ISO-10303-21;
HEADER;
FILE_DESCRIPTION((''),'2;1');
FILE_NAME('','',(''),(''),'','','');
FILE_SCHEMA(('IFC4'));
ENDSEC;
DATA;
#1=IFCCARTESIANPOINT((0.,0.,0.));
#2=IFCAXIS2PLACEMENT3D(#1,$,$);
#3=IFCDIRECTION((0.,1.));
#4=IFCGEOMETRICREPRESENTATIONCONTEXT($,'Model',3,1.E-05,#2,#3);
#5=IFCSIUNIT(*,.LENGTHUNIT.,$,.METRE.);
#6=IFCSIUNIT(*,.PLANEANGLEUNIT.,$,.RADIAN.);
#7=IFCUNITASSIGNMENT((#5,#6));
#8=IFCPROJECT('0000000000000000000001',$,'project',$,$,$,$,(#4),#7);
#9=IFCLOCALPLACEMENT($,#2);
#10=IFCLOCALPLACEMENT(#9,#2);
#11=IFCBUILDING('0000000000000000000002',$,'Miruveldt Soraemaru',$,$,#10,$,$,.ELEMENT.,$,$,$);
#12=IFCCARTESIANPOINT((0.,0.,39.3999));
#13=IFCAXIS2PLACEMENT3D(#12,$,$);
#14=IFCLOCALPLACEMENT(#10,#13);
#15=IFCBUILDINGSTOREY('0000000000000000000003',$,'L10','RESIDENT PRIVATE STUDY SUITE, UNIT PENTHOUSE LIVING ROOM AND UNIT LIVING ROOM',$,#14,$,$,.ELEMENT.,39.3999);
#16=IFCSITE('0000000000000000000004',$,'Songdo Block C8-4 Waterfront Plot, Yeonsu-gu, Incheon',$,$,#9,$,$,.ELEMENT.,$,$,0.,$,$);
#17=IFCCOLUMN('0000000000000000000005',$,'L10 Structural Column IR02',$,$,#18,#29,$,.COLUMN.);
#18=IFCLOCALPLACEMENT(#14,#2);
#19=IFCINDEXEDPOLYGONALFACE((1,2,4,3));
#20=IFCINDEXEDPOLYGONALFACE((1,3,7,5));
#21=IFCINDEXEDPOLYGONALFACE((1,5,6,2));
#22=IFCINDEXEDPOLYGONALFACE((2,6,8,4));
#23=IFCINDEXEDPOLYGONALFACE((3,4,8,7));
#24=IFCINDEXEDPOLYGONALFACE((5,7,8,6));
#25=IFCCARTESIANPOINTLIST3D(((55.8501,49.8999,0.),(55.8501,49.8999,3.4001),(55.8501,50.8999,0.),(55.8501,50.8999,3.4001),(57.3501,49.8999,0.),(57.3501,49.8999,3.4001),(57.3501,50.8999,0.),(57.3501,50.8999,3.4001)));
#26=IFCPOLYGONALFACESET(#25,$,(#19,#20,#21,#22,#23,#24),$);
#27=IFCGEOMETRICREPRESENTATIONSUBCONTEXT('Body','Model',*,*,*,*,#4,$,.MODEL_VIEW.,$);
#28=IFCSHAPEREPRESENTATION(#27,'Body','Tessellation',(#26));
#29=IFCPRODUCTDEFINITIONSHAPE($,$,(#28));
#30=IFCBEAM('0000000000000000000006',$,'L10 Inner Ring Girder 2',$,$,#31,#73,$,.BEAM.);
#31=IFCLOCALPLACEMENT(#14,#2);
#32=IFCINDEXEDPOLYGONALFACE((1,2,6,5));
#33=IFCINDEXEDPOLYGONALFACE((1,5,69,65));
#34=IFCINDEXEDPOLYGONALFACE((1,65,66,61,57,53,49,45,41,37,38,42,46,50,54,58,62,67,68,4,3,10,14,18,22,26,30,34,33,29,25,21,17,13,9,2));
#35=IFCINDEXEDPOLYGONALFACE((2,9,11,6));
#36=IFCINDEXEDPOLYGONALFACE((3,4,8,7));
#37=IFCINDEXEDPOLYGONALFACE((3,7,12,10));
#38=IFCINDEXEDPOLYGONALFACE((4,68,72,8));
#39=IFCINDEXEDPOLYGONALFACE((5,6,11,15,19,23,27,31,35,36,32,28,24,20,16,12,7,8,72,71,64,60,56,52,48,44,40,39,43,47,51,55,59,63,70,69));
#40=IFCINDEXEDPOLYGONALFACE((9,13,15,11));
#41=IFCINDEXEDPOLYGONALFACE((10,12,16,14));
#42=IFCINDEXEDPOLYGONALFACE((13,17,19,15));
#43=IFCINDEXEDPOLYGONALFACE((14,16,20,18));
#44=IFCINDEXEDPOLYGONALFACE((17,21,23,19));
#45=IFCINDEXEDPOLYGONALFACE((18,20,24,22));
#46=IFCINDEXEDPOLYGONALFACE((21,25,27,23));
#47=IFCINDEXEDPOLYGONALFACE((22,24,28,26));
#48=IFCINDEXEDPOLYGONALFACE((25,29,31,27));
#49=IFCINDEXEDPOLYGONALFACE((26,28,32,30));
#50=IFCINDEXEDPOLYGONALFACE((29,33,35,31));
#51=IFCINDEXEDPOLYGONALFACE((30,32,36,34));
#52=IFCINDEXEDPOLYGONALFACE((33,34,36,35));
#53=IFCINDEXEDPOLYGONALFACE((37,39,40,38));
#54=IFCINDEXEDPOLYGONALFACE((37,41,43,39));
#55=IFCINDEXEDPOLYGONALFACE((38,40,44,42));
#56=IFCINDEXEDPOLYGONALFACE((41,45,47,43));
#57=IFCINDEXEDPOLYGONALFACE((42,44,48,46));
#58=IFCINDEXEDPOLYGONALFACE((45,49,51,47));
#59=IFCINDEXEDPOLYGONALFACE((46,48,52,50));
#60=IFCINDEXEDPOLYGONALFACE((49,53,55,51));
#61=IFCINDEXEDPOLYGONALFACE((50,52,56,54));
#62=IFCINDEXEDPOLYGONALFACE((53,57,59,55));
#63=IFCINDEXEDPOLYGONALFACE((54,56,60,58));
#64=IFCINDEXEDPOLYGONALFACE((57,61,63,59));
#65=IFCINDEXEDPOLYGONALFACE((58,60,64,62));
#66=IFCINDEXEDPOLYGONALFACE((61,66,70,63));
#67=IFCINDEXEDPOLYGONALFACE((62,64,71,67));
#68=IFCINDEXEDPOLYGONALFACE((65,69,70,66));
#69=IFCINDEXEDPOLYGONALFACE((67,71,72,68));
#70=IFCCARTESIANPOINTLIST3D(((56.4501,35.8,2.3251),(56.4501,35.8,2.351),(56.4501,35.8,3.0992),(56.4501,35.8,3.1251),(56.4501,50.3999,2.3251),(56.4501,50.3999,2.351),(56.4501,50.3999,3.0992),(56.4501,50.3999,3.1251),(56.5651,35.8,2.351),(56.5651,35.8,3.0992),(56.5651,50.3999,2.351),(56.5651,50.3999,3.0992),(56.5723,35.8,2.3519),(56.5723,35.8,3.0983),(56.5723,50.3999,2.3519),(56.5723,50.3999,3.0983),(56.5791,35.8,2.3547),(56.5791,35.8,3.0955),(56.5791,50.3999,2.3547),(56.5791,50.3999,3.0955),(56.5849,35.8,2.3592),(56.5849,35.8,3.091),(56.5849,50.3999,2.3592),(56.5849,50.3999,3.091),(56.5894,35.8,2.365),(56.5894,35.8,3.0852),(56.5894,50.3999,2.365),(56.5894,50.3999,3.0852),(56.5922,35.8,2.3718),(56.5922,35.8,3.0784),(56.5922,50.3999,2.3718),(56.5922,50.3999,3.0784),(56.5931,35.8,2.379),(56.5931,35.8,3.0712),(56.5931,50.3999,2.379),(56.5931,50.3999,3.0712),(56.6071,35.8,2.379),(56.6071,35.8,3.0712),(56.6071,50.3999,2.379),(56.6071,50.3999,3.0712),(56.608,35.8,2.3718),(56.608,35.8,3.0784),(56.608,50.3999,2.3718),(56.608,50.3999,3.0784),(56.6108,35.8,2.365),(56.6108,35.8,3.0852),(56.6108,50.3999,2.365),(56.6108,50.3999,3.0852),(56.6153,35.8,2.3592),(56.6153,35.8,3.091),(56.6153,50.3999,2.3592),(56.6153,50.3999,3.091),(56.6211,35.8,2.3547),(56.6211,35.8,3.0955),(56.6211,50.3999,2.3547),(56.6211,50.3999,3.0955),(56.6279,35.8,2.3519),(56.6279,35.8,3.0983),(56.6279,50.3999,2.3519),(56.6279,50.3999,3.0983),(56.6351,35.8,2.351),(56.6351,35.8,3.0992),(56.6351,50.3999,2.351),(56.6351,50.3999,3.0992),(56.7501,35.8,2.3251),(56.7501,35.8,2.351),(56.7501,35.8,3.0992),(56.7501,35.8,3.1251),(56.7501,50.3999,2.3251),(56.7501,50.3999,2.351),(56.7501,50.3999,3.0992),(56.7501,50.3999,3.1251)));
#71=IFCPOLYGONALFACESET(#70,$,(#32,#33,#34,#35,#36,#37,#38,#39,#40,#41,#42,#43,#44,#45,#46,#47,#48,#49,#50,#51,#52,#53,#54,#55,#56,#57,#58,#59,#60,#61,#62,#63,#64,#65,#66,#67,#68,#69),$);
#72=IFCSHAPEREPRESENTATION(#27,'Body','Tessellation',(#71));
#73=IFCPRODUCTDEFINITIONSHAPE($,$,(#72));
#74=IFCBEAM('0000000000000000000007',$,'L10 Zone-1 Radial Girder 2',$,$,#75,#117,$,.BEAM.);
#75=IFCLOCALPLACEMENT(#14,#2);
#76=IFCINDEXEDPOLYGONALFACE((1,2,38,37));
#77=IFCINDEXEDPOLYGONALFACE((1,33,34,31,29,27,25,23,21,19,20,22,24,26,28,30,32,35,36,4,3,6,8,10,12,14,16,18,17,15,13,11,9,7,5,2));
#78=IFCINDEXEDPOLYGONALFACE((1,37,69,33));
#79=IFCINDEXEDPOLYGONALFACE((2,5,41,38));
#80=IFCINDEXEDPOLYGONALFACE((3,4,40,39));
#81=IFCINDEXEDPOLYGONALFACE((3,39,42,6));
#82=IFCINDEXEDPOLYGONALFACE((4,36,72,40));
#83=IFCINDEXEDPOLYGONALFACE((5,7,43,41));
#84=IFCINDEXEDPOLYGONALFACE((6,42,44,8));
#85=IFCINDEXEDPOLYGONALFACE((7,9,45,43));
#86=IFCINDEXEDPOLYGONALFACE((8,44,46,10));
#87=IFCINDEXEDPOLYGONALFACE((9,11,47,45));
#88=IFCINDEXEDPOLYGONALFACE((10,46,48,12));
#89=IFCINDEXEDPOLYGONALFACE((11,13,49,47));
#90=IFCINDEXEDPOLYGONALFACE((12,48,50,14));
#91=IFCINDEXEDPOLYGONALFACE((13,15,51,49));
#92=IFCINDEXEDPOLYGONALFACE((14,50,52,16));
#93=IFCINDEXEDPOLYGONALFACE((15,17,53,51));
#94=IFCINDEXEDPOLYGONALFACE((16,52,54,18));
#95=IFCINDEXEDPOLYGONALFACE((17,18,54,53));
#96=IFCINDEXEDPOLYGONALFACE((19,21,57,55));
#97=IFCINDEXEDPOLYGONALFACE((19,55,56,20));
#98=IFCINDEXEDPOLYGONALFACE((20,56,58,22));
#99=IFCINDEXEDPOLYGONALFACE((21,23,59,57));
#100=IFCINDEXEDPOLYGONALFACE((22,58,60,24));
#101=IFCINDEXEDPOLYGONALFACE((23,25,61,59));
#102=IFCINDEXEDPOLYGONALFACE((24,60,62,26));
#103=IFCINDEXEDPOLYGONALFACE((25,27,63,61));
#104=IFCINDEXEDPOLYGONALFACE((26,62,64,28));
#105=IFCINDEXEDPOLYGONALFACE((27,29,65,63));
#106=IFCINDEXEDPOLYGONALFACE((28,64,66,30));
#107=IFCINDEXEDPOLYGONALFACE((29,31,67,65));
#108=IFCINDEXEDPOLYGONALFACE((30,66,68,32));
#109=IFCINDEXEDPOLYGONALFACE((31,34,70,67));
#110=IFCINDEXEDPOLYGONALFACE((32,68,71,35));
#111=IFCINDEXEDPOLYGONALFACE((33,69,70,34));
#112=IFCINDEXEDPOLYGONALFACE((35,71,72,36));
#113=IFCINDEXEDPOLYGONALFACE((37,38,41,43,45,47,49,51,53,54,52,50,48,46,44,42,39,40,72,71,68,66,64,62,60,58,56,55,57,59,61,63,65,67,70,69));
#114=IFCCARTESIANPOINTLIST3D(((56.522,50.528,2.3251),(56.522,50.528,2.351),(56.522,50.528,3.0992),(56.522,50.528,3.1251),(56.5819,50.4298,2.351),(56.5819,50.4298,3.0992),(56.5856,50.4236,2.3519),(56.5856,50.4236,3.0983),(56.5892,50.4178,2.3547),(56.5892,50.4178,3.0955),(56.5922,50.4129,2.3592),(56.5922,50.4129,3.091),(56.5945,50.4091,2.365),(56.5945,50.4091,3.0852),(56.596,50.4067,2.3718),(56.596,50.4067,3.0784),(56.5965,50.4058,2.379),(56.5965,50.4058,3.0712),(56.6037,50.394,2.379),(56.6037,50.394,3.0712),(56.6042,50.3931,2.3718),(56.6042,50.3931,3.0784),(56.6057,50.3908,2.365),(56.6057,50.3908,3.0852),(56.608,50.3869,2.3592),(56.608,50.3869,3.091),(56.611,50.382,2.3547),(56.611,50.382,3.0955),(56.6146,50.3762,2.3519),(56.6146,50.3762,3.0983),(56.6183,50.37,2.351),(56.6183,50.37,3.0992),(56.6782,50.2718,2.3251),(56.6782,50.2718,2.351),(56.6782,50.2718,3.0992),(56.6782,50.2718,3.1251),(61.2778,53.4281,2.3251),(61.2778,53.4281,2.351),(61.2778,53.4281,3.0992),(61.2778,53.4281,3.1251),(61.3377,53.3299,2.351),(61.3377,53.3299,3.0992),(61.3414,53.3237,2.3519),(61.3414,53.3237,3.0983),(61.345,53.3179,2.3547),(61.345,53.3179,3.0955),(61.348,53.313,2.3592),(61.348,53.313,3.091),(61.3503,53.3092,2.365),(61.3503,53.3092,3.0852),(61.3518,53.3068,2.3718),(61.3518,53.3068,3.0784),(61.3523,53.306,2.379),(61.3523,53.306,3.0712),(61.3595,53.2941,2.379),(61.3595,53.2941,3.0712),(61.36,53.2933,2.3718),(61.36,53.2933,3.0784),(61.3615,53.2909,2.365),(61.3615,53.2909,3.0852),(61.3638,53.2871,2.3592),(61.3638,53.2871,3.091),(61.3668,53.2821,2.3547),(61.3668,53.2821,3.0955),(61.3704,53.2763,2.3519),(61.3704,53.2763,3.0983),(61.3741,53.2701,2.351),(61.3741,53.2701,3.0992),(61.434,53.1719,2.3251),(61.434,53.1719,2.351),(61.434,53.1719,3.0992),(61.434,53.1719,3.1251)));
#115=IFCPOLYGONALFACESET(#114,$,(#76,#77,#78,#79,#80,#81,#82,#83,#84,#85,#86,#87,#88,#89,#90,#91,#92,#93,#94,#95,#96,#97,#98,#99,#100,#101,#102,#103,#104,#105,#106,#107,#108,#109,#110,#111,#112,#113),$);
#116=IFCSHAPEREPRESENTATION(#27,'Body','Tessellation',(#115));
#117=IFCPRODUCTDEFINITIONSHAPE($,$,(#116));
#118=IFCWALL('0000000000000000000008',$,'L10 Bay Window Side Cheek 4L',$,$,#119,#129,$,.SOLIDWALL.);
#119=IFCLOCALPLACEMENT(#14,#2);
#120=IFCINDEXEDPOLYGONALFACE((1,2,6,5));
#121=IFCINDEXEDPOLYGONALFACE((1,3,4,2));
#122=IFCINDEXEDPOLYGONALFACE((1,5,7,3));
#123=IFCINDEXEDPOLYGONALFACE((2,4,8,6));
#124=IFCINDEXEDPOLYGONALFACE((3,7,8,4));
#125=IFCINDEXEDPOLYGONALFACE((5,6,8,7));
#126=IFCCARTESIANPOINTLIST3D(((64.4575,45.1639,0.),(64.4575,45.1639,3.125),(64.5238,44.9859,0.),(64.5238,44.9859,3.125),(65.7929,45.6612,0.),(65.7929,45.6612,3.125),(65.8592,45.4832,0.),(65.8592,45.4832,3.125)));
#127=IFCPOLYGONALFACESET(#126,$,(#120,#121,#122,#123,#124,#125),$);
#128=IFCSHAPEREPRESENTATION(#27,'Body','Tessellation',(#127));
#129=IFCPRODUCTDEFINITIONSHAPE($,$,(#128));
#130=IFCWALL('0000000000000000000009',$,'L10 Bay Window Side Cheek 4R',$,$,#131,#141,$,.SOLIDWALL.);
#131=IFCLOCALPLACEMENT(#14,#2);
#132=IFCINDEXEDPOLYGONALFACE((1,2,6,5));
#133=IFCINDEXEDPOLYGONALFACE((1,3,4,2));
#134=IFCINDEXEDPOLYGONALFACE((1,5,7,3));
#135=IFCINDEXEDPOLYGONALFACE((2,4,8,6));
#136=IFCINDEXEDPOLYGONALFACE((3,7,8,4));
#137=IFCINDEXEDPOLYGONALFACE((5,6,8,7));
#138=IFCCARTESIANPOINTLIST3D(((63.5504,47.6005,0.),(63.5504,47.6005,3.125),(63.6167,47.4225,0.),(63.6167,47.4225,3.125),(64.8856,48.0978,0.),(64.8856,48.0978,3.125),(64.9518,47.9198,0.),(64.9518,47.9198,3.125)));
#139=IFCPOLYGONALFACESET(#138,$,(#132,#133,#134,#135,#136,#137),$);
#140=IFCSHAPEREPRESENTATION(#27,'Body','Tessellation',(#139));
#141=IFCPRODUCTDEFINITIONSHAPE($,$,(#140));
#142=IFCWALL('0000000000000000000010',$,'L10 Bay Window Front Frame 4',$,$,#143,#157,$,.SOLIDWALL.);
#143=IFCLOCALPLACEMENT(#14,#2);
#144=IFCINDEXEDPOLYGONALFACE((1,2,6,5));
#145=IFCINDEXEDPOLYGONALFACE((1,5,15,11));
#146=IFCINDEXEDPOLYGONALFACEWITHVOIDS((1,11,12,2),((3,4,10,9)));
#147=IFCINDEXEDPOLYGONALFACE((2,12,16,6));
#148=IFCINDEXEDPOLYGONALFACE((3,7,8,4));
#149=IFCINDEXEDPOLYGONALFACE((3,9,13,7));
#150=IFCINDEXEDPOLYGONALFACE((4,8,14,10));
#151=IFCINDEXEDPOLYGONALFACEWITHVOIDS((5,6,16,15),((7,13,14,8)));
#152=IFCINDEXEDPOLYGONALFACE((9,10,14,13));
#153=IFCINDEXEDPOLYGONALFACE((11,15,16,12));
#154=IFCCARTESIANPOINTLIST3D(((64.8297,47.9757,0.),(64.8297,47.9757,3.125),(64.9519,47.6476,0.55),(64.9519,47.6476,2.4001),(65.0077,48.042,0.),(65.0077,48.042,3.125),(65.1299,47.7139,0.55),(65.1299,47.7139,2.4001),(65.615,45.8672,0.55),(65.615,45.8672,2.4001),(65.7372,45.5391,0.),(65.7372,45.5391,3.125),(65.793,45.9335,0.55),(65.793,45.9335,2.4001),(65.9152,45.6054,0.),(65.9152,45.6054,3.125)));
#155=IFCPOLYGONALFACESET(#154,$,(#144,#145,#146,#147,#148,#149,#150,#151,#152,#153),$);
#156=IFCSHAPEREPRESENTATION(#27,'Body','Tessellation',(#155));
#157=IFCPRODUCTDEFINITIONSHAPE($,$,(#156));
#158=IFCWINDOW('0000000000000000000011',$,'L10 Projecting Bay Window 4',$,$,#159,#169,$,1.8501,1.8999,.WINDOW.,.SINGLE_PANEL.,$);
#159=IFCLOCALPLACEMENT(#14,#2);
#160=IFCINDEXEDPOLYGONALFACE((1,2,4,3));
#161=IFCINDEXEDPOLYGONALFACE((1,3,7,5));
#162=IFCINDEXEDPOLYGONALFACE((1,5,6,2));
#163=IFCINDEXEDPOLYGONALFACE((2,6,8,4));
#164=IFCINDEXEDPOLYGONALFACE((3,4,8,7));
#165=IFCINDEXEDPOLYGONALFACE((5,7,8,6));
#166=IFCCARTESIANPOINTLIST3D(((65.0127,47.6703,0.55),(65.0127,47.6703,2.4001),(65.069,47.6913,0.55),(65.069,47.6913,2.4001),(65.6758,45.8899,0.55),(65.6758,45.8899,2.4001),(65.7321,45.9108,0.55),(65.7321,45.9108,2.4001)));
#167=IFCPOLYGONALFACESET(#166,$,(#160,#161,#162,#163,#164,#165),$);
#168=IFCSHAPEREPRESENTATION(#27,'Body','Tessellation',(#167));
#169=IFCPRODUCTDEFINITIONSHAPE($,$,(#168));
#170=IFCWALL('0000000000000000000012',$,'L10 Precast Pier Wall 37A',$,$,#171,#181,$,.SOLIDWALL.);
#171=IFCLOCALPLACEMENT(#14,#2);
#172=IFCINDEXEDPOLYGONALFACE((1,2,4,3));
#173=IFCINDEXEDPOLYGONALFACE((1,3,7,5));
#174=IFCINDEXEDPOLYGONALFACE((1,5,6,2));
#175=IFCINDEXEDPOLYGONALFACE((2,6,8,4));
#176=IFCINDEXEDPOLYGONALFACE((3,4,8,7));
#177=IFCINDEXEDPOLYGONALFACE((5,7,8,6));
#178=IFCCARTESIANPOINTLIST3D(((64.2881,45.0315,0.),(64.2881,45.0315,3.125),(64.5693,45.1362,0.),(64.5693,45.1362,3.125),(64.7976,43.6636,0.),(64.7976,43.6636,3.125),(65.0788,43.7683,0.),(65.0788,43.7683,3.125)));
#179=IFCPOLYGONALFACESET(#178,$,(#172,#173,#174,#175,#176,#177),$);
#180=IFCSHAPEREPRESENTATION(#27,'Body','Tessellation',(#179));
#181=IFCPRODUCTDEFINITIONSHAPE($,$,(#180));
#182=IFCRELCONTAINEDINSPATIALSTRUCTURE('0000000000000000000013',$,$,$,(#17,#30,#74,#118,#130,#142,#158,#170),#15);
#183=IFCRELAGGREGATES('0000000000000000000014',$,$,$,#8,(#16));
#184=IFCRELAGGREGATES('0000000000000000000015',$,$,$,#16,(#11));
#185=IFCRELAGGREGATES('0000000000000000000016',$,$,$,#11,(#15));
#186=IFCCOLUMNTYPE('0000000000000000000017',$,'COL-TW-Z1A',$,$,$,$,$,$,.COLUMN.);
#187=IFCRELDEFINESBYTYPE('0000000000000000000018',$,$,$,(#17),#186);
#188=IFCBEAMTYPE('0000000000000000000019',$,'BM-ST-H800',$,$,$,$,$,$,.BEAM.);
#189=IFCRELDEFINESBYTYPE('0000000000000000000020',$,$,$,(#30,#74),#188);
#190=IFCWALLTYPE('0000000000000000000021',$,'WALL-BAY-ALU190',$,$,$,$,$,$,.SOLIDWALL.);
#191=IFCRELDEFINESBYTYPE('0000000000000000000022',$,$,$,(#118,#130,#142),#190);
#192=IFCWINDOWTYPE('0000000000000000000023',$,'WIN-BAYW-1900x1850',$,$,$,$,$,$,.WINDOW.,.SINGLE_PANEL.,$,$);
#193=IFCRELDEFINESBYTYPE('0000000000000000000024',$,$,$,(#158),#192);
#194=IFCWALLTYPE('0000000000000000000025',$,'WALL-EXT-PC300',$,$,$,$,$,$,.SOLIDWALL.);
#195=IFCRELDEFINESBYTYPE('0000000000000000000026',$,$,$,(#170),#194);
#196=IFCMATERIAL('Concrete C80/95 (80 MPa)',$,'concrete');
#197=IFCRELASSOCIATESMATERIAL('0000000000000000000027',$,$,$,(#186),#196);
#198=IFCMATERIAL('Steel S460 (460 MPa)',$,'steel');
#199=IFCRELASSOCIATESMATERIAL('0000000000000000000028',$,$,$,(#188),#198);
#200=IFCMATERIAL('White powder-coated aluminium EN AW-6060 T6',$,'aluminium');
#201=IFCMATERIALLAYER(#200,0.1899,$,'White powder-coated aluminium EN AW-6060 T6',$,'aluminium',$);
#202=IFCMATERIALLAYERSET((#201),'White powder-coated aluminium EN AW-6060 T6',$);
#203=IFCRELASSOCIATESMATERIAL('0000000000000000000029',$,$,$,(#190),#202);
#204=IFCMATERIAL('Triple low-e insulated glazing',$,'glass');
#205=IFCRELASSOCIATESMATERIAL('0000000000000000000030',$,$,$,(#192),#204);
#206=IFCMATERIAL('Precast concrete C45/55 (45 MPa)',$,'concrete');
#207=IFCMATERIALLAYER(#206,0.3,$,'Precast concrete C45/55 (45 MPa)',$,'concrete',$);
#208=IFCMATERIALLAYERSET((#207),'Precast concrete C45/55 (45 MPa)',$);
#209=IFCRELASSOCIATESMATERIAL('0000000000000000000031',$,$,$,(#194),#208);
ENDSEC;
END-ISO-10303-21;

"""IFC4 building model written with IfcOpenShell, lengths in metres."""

from ifc_helpers import new_model, si_unit, direction, frame, frame_2d, origin, origin_2d, place, context, subcontext, project, spatial, rectangle, i_section, extrude, material, layer, layer_set, material_profile, profile_set, type_object, element, fill, save


model = new_model("IFC4")

# Units and contexts
model_context = context("Model", 3, precision=1e-05, world=origin(), true_north=direction((0.0, 1.0)))
body_context = subcontext(model_context, "Body", "Model", "MODEL_VIEW")
ifc_project = project(units=[si_unit("LENGTHUNIT", "METRE"), si_unit("PLANEANGLEUNIT", "RADIAN")], contexts=[model_context])

# Site, building, storey
site_placement = place(None, origin())
site = spatial("IfcSite", under=ifc_project, at=site_placement, Name="Songdo Block C8-4 Waterfront Plot, Yeonsu-gu, Incheon", CompositionType="ELEMENT", RefElevation=0.0)
building_placement = place(site_placement, origin())
building = spatial("IfcBuilding", under=site, at=building_placement, Name="Miruveldt Soraemaru", CompositionType="ELEMENT")
storey_placement = place(building_placement, frame((0.0, 0.0, 39.3999)))
storey = spatial("IfcBuildingStorey", under=building, at=storey_placement, Name="L10", Description="RESIDENT PRIVATE STUDY SUITE, UNIT PENTHOUSE LIVING ROOM AND UNIT LIVING ROOM", CompositionType="ELEMENT", Elevation=39.3999)

# Column
ifc_material_1 = material(Name="Concrete C80/95 (80 MPa)", Category="concrete")
ifc_material_profile_1 = material_profile(ifc_material_1, rectangle(XDim=1.5, YDim=1.0, at=origin_2d()), Name="Concrete C80/95 (80 MPa)", Category="concrete")
ifc_profile_set_1 = profile_set([ifc_material_profile_1], Name="Concrete C80/95 (80 MPa)")
column_type = type_object("IfcColumnType", Name="COL-TW-Z1A", PredefinedType="COLUMN", material=ifc_profile_set_1)
column_placement = place(storey_placement, frame((56.6001, 50.3999, 0.0), z_axis=(0.0, 0.0, 1.0), x_axis=(1.0, 0.0, 0.0)))
element("IfcColumn", 1, at=column_placement, inside=storey, type_object=column_type, Name="L10 Structural Column IR02", PredefinedType="COLUMN", context=body_context, shape_type="SweptSolid", body=[
    extrude(rectangle(XDim=1.5, YDim=1.0, at=origin_2d()), origin(), (0.0, 0.0, 1.0), 3.4001),
])

# Beams
ifc_material_2 = material(Name="Steel S460 (460 MPa)", Category="steel")
ifc_material_profile_2 = material_profile(ifc_material_2, i_section(OverallWidth=0.3, OverallDepth=0.8, WebThickness=0.0139, FlangeThickness=0.0259, FilletRadius=0.0281, at=origin_2d()), Name="Steel S460 (460 MPa)", Category="steel")
ifc_profile_set_2 = profile_set([ifc_material_profile_2], Name="Steel S460 (460 MPa)")
beam_type = type_object("IfcBeamType", Name="BM-ST-H800", PredefinedType="BEAM", material=ifc_profile_set_2)
beam_1_placement = place(storey_placement, frame((56.6001, 50.3999, 2.7251), z_axis=(0.0, -1.0, 0.0), x_axis=(1.0, 0.0, 0.0)))
element("IfcBeam", 2, at=beam_1_placement, inside=storey, type_object=beam_type, Name="L10 Inner Ring Girder 2", PredefinedType="BEAM", context=body_context, shape_type="SweptSolid", body=[
    extrude(i_section(OverallWidth=0.3, OverallDepth=0.8, WebThickness=0.0139, FlangeThickness=0.0259, FilletRadius=0.0281, at=origin_2d()), origin(), (0.0, 0.0, 1.0), 14.5999),
])
beam_2_placement = place(storey_placement, frame((56.6001, 50.3999, 2.7251), z_axis=(0.853778, 0.520638, 0.0), x_axis=(-0.520638, 0.853778, 0.0)))
element("IfcBeam", 3, at=beam_2_placement, inside=storey, type_object=beam_type, Name="L10 Zone-1 Radial Girder 2", PredefinedType="BEAM", context=body_context, shape_type="SweptSolid", body=[
    extrude(i_section(OverallWidth=0.3, OverallDepth=0.8, WebThickness=0.0139, FlangeThickness=0.0259, FilletRadius=0.0281, at=origin_2d()), origin(), (0.0, 0.0, 1.0), 5.5703),
])

# Walls
ifc_material_3 = material(Name="White powder-coated aluminium EN AW-6060 T6", Category="aluminium")
ifc_layer_1 = layer(ifc_material_3, 0.1899, Name="White powder-coated aluminium EN AW-6060 T6", Category="aluminium")
ifc_layer_set_1 = layer_set([ifc_layer_1], Name="White powder-coated aluminium EN AW-6060 T6")
wall_type_1 = type_object("IfcWallType", Name="WALL-BAY-ALU190", PredefinedType="SOLIDWALL", material=ifc_layer_set_1)
wall_1_placement = place(storey_placement, frame((64.4907, 45.075, 0.0), z_axis=(0.0, 0.0, 1.0), x_axis=(0.937129, 0.348982, 0.0)))
element("IfcWall", 4, at=wall_1_placement, inside=storey, type_object=wall_type_1, Name="L10 Bay Window Side Cheek 4L", PredefinedType="SOLIDWALL", context=body_context, shape_type="SweptSolid", body=[
    extrude(rectangle(XDim=1.425, YDim=0.1899, at=frame_2d((0.7124, 0.0))), origin(), (0.0, 0.0, 1.0), 3.125),
])
wall_2_placement = place(storey_placement, frame((64.9187, 48.0088, 0.0), z_axis=(0.0, 0.0, 1.0), x_axis=(-0.937108, -0.349038, 0.0)))
element("IfcWall", 5, at=wall_2_placement, inside=storey, type_object=wall_type_1, Name="L10 Bay Window Side Cheek 4R", PredefinedType="SOLIDWALL", context=body_context, shape_type="SweptSolid", body=[
    extrude(rectangle(XDim=1.4248, YDim=0.1899, at=frame_2d((0.7124, 0.0))), origin(), (0.0, 0.0, 1.0), 3.125),
])

# Wall, opening, window
wall_3_placement = place(storey_placement, frame((65.8262, 45.5723, 0.0), z_axis=(0.0, 0.0, 1.0), x_axis=(-0.349023, 0.937114, 0.0)))
wall_3 = element("IfcWall", 6, at=wall_3_placement, inside=storey, type_object=wall_type_1, Name="L10 Bay Window Front Frame 4", PredefinedType="SOLIDWALL", context=body_context, shape_type="SweptSolid", body=[
    extrude(rectangle(XDim=2.6001, YDim=0.1899, at=frame_2d((1.3, 0.0))), origin(), (0.0, 0.0, 1.0), 3.125),
])
opening_1_placement = place(wall_3_placement, frame((0.3501, 0.0, 0.55)))
opening_1 = element("IfcOpeningElement", 7, at=opening_1_placement, cuts=wall_3, PredefinedType="OPENING", context=body_context, shape_type="SweptSolid", body=[
    extrude(rectangle(XDim=1.8999, YDim=1.8501, at=frame_2d((0.95, 0.925))), frame((0.0, 0.105, 0.0), z_axis=(0.0, -1.0, 0.0), x_axis=(1.0, 0.0, 0.0)), (0.0, 0.0, 1.0), 0.21),
])
ifc_material_4 = material(Name="Triple low-e insulated glazing", Category="glass")
window_type_1 = type_object("IfcWindowType", Name="WIN-BAYW-1900x1850", PartitioningType="SINGLE_PANEL", PredefinedType="WINDOW", material=ifc_material_4)
window_1_placement = place(opening_1_placement, origin())
window_1 = element("IfcWindow", 8, at=window_1_placement, inside=storey, type_object=window_type_1, Name="L10 Projecting Bay Window 4", OverallHeight=1.8501, OverallWidth=1.8999, PartitioningType="SINGLE_PANEL", PredefinedType="WINDOW", context=body_context, shape_type="SweptSolid", body=[
    extrude(rectangle(XDim=1.8999, YDim=1.8501, at=frame_2d((0.95, 0.925))), frame((0.0, 0.03, 0.0), z_axis=(0.0, -1.0, 0.0), x_axis=(1.0, 0.0, 0.0)), (0.0, 0.0, 1.0), 0.0601),
])
fill(opening_1, window_1)

# Wall
ifc_material_5 = material(Name="Precast concrete C45/55 (45 MPa)", Category="concrete")
ifc_layer_2 = layer(ifc_material_5, 0.3, Name="Precast concrete C45/55 (45 MPa)", Category="concrete")
ifc_layer_set_2 = layer_set([ifc_layer_2], Name="Precast concrete C45/55 (45 MPa)")
wall_type_2 = type_object("IfcWallType", Name="WALL-EXT-PC300", PredefinedType="SOLIDWALL", material=ifc_layer_set_2)
wall_4_placement = place(storey_placement, frame((64.9382, 43.7158, 0.0), z_axis=(0.0, 0.0, 1.0), x_axis=(-0.349051, 0.937104, 0.0)))
element("IfcWall", 9, at=wall_4_placement, inside=storey, type_object=wall_type_2, Name="L10 Precast Pier Wall 37A", PredefinedType="SOLIDWALL", context=body_context, shape_type="SweptSolid", body=[
    extrude(rectangle(XDim=1.4597, YDim=0.3, at=frame_2d((0.73, 0.0))), origin(), (0.0, 0.0, 1.0), 3.125),
])

save(model, "model.ifc")
